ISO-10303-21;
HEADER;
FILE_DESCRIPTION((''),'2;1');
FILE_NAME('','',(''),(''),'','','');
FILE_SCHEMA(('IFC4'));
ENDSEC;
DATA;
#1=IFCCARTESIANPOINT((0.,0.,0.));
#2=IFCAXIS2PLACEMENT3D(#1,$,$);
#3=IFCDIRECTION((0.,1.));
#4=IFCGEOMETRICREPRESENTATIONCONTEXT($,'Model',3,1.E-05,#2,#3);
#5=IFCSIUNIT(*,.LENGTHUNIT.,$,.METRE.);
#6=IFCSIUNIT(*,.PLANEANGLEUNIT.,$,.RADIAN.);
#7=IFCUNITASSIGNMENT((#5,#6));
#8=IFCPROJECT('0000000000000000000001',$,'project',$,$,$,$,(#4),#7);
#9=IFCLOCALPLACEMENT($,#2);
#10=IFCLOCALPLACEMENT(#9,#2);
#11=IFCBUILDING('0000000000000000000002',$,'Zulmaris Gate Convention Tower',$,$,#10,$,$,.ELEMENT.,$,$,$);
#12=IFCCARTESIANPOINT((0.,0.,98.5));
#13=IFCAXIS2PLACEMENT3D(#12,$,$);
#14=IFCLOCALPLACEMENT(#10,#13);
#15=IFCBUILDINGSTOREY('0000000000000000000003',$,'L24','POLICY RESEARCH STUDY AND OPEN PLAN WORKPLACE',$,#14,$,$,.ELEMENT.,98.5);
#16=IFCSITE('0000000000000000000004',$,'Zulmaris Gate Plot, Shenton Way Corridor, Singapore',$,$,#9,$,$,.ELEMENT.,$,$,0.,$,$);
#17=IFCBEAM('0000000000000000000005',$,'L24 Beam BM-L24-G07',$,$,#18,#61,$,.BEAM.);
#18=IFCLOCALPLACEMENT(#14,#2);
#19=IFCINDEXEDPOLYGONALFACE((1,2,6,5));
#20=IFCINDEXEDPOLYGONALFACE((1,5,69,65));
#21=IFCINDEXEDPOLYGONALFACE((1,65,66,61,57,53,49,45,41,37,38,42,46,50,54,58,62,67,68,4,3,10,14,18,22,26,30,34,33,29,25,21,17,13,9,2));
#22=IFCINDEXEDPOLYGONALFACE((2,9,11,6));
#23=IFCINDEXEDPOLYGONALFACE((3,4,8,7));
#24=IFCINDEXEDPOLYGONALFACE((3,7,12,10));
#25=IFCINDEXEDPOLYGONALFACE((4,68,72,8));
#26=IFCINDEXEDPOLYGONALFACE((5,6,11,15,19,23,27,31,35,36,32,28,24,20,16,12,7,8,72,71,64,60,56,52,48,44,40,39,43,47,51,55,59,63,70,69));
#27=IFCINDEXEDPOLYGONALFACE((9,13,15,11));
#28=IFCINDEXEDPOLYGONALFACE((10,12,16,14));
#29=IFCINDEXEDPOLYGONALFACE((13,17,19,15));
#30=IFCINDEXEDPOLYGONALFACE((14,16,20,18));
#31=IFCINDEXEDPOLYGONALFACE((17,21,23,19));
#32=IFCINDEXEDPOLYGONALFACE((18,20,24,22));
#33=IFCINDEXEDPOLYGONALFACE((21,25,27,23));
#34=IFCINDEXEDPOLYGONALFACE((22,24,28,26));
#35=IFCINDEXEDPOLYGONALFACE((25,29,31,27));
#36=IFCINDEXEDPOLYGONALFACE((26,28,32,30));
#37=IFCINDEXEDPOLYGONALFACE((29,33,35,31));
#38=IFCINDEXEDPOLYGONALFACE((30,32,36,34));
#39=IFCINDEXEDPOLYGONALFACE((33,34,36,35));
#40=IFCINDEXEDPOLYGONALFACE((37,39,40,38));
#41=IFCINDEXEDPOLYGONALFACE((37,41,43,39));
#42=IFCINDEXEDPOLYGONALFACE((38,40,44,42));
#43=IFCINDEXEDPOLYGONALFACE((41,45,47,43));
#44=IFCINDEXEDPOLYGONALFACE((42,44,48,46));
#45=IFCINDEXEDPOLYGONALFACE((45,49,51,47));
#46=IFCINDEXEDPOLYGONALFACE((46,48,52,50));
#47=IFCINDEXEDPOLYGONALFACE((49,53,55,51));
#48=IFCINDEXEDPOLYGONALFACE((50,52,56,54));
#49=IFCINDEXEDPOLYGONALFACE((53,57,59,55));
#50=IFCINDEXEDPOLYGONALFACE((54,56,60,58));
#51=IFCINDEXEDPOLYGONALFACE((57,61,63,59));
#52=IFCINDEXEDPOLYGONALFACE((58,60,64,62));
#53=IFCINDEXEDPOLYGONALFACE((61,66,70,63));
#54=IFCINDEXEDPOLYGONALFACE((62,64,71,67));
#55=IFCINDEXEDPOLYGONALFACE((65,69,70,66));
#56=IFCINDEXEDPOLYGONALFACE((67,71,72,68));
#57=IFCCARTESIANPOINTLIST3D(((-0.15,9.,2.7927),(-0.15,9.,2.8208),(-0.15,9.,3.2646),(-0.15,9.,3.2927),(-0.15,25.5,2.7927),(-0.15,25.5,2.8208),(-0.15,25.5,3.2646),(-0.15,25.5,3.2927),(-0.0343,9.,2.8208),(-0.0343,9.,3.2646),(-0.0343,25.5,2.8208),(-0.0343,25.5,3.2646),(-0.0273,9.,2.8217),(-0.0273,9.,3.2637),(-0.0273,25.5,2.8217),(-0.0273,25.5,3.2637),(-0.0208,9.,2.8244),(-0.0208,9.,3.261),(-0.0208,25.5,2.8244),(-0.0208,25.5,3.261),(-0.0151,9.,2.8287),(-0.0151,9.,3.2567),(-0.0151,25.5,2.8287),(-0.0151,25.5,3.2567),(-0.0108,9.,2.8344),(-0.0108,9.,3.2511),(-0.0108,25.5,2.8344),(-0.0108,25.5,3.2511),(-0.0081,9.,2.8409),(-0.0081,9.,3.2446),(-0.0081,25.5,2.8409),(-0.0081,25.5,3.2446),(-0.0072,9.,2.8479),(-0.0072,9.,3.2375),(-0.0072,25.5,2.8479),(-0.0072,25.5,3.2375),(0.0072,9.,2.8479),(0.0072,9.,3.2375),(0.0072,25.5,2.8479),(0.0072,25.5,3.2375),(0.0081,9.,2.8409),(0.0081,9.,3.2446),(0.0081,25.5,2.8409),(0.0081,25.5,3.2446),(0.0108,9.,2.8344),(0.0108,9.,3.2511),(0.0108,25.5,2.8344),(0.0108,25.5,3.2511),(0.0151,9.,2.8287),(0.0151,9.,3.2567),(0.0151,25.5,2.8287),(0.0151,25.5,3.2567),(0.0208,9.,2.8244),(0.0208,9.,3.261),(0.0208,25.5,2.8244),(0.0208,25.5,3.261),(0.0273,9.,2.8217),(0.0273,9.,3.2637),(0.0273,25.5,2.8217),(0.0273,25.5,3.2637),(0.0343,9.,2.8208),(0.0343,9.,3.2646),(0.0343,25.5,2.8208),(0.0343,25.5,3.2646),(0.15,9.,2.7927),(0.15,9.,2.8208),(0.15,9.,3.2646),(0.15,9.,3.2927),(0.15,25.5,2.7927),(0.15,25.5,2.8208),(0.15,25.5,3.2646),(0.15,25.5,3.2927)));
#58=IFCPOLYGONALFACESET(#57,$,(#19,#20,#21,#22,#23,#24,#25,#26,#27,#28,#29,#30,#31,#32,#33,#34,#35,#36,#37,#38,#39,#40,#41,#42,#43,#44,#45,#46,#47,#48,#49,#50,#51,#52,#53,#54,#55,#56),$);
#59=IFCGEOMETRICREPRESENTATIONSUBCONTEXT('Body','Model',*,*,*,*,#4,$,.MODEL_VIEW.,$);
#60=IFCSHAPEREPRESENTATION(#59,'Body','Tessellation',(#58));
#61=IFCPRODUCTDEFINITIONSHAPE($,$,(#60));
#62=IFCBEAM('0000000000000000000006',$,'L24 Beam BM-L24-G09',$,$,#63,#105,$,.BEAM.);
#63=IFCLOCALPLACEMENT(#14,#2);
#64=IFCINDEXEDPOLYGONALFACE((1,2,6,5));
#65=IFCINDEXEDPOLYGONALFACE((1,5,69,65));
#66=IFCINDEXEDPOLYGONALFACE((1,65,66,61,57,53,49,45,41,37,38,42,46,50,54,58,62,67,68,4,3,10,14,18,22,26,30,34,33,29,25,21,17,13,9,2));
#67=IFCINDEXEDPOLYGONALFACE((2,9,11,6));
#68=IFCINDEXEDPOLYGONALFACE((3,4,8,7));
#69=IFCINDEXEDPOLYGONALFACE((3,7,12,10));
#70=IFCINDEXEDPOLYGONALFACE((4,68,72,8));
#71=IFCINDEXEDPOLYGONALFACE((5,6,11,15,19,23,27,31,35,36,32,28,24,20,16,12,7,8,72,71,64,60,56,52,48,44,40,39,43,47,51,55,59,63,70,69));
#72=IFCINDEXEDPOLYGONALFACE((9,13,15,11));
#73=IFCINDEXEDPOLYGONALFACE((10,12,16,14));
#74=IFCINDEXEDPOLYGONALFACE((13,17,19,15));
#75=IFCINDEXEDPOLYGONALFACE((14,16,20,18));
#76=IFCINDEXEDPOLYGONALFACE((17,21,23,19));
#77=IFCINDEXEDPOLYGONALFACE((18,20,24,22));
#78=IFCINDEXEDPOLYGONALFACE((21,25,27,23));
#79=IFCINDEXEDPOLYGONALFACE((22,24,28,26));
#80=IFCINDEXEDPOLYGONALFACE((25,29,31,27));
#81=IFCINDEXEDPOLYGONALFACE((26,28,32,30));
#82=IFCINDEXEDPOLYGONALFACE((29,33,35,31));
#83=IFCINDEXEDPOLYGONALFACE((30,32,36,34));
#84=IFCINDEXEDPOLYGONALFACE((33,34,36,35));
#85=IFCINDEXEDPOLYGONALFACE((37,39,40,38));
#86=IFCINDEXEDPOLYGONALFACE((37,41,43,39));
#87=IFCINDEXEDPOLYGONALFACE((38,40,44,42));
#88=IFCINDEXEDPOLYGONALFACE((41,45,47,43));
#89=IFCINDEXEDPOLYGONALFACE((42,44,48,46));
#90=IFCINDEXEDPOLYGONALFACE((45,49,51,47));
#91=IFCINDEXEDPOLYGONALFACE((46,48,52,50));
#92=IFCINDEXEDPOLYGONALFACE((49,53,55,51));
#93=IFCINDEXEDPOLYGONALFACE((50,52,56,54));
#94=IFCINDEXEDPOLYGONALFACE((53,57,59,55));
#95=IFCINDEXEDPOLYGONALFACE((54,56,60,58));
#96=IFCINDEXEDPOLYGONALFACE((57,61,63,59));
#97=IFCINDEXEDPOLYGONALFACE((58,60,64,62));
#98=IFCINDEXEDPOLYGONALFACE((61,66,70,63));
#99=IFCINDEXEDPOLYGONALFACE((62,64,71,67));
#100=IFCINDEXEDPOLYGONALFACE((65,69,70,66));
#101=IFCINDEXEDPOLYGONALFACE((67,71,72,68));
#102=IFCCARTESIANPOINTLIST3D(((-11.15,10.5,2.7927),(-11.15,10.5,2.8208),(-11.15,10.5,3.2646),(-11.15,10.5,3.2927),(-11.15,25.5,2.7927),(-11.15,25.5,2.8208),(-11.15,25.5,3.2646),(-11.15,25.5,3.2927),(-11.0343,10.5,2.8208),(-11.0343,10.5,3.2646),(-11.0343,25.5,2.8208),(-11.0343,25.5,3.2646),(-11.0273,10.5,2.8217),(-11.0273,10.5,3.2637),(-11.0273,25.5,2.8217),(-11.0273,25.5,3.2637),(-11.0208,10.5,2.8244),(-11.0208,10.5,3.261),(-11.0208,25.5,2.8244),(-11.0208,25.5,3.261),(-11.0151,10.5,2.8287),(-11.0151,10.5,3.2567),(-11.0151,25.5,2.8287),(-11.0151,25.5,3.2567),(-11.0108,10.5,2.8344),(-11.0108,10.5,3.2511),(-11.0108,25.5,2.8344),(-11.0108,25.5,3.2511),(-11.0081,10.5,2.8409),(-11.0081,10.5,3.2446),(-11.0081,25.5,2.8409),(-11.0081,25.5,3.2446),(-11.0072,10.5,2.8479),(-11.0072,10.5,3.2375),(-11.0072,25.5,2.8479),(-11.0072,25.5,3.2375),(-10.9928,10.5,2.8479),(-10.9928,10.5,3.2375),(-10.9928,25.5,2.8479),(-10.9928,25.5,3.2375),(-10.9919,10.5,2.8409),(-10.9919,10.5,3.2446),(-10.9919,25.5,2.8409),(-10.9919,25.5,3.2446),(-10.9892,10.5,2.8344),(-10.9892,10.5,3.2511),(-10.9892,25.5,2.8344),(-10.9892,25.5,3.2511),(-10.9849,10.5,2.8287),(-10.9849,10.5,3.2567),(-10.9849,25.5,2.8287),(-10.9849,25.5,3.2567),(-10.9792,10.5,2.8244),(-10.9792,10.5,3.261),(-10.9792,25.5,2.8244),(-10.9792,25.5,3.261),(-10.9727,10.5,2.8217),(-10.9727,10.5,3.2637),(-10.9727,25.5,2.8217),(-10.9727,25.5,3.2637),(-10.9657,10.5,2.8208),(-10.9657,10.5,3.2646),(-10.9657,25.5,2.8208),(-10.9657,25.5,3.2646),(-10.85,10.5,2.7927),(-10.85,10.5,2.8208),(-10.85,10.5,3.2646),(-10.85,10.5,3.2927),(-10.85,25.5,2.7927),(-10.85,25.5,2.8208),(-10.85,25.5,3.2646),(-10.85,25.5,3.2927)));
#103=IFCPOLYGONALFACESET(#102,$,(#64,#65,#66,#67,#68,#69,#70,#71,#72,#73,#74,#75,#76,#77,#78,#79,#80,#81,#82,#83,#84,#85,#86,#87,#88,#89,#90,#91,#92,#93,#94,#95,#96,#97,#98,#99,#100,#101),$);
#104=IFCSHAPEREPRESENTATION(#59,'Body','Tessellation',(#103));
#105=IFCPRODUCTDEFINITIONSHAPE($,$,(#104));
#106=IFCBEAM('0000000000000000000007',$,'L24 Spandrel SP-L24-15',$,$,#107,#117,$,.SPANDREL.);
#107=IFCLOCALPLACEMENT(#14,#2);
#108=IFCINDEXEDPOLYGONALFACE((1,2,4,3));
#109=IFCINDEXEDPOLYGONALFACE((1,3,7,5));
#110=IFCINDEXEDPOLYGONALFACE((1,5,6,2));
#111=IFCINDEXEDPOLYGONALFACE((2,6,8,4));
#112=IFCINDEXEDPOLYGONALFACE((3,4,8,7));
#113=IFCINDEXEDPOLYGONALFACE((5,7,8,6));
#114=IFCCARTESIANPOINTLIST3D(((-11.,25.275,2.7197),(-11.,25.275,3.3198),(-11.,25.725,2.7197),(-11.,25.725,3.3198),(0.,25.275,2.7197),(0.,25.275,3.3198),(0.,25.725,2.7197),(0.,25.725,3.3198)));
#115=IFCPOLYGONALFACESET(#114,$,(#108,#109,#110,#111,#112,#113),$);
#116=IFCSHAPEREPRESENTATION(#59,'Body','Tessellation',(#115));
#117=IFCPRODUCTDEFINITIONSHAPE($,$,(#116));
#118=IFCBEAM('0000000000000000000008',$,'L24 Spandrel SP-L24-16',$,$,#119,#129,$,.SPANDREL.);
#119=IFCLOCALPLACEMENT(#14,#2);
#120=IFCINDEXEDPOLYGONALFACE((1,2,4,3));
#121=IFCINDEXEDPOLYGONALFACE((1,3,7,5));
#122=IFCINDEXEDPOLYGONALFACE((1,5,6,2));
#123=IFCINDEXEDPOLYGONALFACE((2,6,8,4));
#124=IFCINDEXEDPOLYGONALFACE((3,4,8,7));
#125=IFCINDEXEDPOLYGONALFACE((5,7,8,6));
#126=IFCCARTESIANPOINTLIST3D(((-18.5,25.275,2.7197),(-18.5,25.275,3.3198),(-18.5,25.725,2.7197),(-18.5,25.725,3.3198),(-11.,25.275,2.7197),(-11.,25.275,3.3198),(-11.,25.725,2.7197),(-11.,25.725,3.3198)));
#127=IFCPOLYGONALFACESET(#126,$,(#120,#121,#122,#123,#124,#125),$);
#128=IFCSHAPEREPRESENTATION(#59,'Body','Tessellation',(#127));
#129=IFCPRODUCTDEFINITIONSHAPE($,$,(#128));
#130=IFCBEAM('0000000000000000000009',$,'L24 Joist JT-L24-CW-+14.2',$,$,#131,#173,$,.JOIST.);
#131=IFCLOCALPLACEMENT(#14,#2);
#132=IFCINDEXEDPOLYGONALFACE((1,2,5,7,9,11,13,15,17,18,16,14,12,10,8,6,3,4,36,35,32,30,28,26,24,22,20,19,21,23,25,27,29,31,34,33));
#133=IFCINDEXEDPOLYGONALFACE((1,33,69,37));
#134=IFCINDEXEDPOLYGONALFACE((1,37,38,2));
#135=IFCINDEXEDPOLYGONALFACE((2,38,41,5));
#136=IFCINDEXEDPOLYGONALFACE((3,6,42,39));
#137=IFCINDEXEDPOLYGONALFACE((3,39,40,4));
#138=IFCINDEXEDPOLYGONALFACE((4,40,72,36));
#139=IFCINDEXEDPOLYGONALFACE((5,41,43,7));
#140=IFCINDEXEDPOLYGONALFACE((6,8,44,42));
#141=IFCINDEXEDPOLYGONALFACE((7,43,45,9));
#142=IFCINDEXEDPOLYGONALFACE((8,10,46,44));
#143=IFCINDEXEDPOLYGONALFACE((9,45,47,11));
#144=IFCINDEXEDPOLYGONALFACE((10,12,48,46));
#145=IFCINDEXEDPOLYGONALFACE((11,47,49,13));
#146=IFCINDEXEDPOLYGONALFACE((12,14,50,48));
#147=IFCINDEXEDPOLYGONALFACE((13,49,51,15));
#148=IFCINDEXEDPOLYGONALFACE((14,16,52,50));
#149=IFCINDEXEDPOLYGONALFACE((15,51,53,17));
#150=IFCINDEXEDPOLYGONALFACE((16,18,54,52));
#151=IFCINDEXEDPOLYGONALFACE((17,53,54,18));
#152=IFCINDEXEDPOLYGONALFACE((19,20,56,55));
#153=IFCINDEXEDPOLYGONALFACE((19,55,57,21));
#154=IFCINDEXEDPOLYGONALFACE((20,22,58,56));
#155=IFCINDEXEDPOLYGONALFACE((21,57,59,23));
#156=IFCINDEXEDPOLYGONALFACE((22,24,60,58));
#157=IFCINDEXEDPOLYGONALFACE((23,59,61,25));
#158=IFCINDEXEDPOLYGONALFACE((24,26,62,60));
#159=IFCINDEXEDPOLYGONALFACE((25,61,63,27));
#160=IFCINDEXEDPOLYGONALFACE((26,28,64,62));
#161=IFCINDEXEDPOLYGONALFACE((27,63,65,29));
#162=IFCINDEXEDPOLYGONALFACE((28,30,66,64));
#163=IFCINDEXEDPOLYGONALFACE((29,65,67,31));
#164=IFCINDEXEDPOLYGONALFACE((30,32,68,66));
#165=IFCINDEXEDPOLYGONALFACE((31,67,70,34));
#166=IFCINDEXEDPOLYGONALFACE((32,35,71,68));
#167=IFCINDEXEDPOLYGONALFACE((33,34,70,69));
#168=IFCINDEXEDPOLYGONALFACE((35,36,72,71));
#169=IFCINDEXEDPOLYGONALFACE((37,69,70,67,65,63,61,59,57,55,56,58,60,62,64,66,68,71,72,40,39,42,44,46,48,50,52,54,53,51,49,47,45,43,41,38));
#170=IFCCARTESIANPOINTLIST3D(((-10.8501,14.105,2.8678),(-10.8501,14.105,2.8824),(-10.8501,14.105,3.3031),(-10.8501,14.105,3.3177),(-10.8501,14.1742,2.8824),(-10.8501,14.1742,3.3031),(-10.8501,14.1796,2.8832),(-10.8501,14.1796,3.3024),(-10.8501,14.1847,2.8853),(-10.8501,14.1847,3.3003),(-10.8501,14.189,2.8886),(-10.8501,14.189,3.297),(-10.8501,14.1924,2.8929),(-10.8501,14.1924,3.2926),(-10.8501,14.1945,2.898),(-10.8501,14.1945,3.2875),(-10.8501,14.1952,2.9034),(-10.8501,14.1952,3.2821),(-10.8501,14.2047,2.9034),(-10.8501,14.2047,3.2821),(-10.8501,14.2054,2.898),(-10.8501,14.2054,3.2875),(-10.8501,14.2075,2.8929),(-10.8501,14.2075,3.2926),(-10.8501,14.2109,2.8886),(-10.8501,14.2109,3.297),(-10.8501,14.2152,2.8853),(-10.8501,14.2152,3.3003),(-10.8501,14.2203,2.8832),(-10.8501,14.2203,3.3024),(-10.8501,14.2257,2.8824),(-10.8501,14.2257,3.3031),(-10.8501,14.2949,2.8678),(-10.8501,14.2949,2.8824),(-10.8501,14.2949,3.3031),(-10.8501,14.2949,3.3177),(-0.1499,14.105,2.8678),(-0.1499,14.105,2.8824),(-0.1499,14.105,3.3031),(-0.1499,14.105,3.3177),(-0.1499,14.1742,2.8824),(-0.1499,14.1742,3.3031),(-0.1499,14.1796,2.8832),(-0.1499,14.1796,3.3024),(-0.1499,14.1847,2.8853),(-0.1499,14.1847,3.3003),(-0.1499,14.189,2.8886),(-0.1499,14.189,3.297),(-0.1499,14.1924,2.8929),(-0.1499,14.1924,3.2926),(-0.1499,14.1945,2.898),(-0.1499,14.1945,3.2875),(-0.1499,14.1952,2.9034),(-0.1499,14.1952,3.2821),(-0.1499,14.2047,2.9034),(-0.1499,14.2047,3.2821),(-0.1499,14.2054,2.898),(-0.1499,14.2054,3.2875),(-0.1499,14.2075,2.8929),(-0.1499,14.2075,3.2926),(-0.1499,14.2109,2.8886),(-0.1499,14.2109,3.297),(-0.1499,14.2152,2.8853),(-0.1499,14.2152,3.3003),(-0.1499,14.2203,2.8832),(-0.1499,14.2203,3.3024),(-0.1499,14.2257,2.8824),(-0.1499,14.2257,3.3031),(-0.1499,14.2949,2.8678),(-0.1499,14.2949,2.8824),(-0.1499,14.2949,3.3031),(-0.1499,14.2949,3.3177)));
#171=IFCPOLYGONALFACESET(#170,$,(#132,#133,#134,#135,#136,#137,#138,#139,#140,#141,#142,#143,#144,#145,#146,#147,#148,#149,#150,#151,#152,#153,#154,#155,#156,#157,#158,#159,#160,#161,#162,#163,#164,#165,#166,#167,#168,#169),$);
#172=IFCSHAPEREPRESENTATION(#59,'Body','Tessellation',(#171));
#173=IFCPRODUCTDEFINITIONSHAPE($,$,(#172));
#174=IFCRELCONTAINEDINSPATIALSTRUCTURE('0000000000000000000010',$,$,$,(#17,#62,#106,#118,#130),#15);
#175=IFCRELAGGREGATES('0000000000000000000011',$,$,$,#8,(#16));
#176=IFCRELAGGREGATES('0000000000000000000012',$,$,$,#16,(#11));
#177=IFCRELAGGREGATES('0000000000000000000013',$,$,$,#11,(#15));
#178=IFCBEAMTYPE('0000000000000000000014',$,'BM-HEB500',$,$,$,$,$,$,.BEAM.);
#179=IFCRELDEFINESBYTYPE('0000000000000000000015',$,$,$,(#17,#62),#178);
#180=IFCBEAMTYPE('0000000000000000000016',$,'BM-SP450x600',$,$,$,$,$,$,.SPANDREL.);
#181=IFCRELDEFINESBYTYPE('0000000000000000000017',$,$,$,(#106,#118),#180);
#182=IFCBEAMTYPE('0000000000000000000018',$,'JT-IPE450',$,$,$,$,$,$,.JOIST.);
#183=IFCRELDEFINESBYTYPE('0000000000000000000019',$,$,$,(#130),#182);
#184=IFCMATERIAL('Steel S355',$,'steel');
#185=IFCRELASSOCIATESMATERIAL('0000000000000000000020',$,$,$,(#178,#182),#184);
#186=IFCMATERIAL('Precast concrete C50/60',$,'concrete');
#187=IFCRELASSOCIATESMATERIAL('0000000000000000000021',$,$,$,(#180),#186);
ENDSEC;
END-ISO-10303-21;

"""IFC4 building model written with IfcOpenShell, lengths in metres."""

from ifc_helpers import new_model, si_unit, direction, frame, origin, origin_2d, place, context, subcontext, project, spatial, rectangle, i_section, extrude, material, material_profile, profile_set, type_object, element, save


model = new_model("IFC4")

# Units and contexts
model_context = context("Model", 3, precision=1e-05, world=origin(), true_north=direction((0.0, 1.0)))
body_context = subcontext(model_context, "Body", "Model", "MODEL_VIEW")
ifc_project = project(units=[si_unit("LENGTHUNIT", "METRE"), si_unit("PLANEANGLEUNIT", "RADIAN")], contexts=[model_context])

# Site, building, storey
site_placement = place(None, origin())
site = spatial("IfcSite", under=ifc_project, at=site_placement, Name="Zulmaris Gate Plot, Shenton Way Corridor, Singapore", CompositionType="ELEMENT", RefElevation=0.0)
building_placement = place(site_placement, origin())
building = spatial("IfcBuilding", under=site, at=building_placement, Name="Zulmaris Gate Convention Tower", CompositionType="ELEMENT")
storey_placement = place(building_placement, frame((0.0, 0.0, 98.5)))
storey = spatial("IfcBuildingStorey", under=building, at=storey_placement, Name="L24", Description="POLICY RESEARCH STUDY AND OPEN PLAN WORKPLACE", CompositionType="ELEMENT", Elevation=98.5)

# Beams
ifc_material_1 = material(Name="Steel S355", Category="steel")
ifc_material_profile_1 = material_profile(ifc_material_1, i_section(OverallWidth=0.3, OverallDepth=0.5, WebThickness=0.0144, FlangeThickness=0.0281, FilletRadius=0.0271, at=origin_2d()), Name="HEB 500")
ifc_profile_set_1 = profile_set([ifc_material_profile_1], Name="Steel S355")
beam_type_1 = type_object("IfcBeamType", Name="BM-HEB500", PredefinedType="BEAM", material=ifc_profile_set_1)
beam_1_placement = place(storey_placement, frame((0.0, 9.0, 3.0427), z_axis=(0.0, 1.0, 0.0), x_axis=(-1.0, 0.0, 0.0)))
element("IfcBeam", 1, at=beam_1_placement, inside=storey, type_object=beam_type_1, Name="L24 Beam BM-L24-G07", PredefinedType="BEAM", context=body_context, shape_type="SweptSolid", body=[
    extrude(i_section(OverallWidth=0.3, OverallDepth=0.5, WebThickness=0.0144, FlangeThickness=0.0281, FilletRadius=0.0271, at=origin_2d()), origin(), (0.0, 0.0, 1.0), 16.5),
])
beam_2_placement = place(storey_placement, frame((-11.0, 10.5, 3.0427), z_axis=(0.0, 1.0, 0.0), x_axis=(-1.0, 0.0, 0.0)))
element("IfcBeam", 2, at=beam_2_placement, inside=storey, type_object=beam_type_1, Name="L24 Beam BM-L24-G09", PredefinedType="BEAM", context=body_context, shape_type="SweptSolid", body=[
    extrude(i_section(OverallWidth=0.3, OverallDepth=0.5, WebThickness=0.0144, FlangeThickness=0.0281, FilletRadius=0.0271, at=origin_2d()), origin(), (0.0, 0.0, 1.0), 15.0),
])
ifc_material_2 = material(Name="Precast concrete C50/60", Category="concrete")
ifc_material_profile_2 = material_profile(ifc_material_2, rectangle(XDim=0.45, YDim=0.6001, at=origin_2d()), Name="RC SPANDREL 450x600")
ifc_profile_set_2 = profile_set([ifc_material_profile_2], Name="Precast concrete C50/60")
beam_type_2 = type_object("IfcBeamType", Name="BM-SP450x600", PredefinedType="SPANDREL", material=ifc_profile_set_2)
beam_3_placement = place(storey_placement, frame((0.0, 25.5, 3.0198), z_axis=(-1.0, 0.0, 0.0), x_axis=(0.0, -1.0, 0.0)))
element("IfcBeam", 3, at=beam_3_placement, inside=storey, type_object=beam_type_2, Name="L24 Spandrel SP-L24-15", PredefinedType="SPANDREL", context=body_context, shape_type="SweptSolid", body=[
    extrude(rectangle(XDim=0.45, YDim=0.6001, at=origin_2d()), origin(), (0.0, 0.0, 1.0), 11.0),
])
beam_4_placement = place(storey_placement, frame((-11.0, 25.5, 3.0198), z_axis=(-1.0, 0.0, 0.0), x_axis=(0.0, -1.0, 0.0)))
element("IfcBeam", 4, at=beam_4_placement, inside=storey, type_object=beam_type_2, Name="L24 Spandrel SP-L24-16", PredefinedType="SPANDREL", context=body_context, shape_type="SweptSolid", body=[
    extrude(rectangle(XDim=0.45, YDim=0.6001, at=origin_2d()), origin(), (0.0, 0.0, 1.0), 7.5),
])
ifc_material_profile_3 = material_profile(ifc_material_1, i_section(OverallWidth=0.1899, OverallDepth=0.45, WebThickness=0.0095, FlangeThickness=0.0146, FilletRadius=0.021, at=origin_2d()), Name="IPE 450")
ifc_profile_set_3 = profile_set([ifc_material_profile_3], Name="Steel S355")
beam_type_3 = type_object("IfcBeamType", Name="JT-IPE450", PredefinedType="JOIST", material=ifc_profile_set_3)
for number, where, z_axis, x_axis, name in (
    (5, (-10.8501, 14.2, 3.0928), (1.0, 0.0, 0.0), (0.0, 1.0, 0.0), "L24 Joist JT-L24-CW-+14.2"),
):
    element("IfcBeam", number, at=place(storey_placement, frame(where, z_axis=z_axis, x_axis=x_axis)), inside=storey, type_object=beam_type_3, Name=name, PredefinedType="JOIST", context=body_context, shape_type="SweptSolid", body=[
        extrude(i_section(OverallWidth=0.1899, OverallDepth=0.45, WebThickness=0.0095, FlangeThickness=0.0146, FilletRadius=0.021, at=origin_2d()), origin(), (0.0, 0.0, 1.0), 10.7002),
    ])

save(model, "model.ifc")
